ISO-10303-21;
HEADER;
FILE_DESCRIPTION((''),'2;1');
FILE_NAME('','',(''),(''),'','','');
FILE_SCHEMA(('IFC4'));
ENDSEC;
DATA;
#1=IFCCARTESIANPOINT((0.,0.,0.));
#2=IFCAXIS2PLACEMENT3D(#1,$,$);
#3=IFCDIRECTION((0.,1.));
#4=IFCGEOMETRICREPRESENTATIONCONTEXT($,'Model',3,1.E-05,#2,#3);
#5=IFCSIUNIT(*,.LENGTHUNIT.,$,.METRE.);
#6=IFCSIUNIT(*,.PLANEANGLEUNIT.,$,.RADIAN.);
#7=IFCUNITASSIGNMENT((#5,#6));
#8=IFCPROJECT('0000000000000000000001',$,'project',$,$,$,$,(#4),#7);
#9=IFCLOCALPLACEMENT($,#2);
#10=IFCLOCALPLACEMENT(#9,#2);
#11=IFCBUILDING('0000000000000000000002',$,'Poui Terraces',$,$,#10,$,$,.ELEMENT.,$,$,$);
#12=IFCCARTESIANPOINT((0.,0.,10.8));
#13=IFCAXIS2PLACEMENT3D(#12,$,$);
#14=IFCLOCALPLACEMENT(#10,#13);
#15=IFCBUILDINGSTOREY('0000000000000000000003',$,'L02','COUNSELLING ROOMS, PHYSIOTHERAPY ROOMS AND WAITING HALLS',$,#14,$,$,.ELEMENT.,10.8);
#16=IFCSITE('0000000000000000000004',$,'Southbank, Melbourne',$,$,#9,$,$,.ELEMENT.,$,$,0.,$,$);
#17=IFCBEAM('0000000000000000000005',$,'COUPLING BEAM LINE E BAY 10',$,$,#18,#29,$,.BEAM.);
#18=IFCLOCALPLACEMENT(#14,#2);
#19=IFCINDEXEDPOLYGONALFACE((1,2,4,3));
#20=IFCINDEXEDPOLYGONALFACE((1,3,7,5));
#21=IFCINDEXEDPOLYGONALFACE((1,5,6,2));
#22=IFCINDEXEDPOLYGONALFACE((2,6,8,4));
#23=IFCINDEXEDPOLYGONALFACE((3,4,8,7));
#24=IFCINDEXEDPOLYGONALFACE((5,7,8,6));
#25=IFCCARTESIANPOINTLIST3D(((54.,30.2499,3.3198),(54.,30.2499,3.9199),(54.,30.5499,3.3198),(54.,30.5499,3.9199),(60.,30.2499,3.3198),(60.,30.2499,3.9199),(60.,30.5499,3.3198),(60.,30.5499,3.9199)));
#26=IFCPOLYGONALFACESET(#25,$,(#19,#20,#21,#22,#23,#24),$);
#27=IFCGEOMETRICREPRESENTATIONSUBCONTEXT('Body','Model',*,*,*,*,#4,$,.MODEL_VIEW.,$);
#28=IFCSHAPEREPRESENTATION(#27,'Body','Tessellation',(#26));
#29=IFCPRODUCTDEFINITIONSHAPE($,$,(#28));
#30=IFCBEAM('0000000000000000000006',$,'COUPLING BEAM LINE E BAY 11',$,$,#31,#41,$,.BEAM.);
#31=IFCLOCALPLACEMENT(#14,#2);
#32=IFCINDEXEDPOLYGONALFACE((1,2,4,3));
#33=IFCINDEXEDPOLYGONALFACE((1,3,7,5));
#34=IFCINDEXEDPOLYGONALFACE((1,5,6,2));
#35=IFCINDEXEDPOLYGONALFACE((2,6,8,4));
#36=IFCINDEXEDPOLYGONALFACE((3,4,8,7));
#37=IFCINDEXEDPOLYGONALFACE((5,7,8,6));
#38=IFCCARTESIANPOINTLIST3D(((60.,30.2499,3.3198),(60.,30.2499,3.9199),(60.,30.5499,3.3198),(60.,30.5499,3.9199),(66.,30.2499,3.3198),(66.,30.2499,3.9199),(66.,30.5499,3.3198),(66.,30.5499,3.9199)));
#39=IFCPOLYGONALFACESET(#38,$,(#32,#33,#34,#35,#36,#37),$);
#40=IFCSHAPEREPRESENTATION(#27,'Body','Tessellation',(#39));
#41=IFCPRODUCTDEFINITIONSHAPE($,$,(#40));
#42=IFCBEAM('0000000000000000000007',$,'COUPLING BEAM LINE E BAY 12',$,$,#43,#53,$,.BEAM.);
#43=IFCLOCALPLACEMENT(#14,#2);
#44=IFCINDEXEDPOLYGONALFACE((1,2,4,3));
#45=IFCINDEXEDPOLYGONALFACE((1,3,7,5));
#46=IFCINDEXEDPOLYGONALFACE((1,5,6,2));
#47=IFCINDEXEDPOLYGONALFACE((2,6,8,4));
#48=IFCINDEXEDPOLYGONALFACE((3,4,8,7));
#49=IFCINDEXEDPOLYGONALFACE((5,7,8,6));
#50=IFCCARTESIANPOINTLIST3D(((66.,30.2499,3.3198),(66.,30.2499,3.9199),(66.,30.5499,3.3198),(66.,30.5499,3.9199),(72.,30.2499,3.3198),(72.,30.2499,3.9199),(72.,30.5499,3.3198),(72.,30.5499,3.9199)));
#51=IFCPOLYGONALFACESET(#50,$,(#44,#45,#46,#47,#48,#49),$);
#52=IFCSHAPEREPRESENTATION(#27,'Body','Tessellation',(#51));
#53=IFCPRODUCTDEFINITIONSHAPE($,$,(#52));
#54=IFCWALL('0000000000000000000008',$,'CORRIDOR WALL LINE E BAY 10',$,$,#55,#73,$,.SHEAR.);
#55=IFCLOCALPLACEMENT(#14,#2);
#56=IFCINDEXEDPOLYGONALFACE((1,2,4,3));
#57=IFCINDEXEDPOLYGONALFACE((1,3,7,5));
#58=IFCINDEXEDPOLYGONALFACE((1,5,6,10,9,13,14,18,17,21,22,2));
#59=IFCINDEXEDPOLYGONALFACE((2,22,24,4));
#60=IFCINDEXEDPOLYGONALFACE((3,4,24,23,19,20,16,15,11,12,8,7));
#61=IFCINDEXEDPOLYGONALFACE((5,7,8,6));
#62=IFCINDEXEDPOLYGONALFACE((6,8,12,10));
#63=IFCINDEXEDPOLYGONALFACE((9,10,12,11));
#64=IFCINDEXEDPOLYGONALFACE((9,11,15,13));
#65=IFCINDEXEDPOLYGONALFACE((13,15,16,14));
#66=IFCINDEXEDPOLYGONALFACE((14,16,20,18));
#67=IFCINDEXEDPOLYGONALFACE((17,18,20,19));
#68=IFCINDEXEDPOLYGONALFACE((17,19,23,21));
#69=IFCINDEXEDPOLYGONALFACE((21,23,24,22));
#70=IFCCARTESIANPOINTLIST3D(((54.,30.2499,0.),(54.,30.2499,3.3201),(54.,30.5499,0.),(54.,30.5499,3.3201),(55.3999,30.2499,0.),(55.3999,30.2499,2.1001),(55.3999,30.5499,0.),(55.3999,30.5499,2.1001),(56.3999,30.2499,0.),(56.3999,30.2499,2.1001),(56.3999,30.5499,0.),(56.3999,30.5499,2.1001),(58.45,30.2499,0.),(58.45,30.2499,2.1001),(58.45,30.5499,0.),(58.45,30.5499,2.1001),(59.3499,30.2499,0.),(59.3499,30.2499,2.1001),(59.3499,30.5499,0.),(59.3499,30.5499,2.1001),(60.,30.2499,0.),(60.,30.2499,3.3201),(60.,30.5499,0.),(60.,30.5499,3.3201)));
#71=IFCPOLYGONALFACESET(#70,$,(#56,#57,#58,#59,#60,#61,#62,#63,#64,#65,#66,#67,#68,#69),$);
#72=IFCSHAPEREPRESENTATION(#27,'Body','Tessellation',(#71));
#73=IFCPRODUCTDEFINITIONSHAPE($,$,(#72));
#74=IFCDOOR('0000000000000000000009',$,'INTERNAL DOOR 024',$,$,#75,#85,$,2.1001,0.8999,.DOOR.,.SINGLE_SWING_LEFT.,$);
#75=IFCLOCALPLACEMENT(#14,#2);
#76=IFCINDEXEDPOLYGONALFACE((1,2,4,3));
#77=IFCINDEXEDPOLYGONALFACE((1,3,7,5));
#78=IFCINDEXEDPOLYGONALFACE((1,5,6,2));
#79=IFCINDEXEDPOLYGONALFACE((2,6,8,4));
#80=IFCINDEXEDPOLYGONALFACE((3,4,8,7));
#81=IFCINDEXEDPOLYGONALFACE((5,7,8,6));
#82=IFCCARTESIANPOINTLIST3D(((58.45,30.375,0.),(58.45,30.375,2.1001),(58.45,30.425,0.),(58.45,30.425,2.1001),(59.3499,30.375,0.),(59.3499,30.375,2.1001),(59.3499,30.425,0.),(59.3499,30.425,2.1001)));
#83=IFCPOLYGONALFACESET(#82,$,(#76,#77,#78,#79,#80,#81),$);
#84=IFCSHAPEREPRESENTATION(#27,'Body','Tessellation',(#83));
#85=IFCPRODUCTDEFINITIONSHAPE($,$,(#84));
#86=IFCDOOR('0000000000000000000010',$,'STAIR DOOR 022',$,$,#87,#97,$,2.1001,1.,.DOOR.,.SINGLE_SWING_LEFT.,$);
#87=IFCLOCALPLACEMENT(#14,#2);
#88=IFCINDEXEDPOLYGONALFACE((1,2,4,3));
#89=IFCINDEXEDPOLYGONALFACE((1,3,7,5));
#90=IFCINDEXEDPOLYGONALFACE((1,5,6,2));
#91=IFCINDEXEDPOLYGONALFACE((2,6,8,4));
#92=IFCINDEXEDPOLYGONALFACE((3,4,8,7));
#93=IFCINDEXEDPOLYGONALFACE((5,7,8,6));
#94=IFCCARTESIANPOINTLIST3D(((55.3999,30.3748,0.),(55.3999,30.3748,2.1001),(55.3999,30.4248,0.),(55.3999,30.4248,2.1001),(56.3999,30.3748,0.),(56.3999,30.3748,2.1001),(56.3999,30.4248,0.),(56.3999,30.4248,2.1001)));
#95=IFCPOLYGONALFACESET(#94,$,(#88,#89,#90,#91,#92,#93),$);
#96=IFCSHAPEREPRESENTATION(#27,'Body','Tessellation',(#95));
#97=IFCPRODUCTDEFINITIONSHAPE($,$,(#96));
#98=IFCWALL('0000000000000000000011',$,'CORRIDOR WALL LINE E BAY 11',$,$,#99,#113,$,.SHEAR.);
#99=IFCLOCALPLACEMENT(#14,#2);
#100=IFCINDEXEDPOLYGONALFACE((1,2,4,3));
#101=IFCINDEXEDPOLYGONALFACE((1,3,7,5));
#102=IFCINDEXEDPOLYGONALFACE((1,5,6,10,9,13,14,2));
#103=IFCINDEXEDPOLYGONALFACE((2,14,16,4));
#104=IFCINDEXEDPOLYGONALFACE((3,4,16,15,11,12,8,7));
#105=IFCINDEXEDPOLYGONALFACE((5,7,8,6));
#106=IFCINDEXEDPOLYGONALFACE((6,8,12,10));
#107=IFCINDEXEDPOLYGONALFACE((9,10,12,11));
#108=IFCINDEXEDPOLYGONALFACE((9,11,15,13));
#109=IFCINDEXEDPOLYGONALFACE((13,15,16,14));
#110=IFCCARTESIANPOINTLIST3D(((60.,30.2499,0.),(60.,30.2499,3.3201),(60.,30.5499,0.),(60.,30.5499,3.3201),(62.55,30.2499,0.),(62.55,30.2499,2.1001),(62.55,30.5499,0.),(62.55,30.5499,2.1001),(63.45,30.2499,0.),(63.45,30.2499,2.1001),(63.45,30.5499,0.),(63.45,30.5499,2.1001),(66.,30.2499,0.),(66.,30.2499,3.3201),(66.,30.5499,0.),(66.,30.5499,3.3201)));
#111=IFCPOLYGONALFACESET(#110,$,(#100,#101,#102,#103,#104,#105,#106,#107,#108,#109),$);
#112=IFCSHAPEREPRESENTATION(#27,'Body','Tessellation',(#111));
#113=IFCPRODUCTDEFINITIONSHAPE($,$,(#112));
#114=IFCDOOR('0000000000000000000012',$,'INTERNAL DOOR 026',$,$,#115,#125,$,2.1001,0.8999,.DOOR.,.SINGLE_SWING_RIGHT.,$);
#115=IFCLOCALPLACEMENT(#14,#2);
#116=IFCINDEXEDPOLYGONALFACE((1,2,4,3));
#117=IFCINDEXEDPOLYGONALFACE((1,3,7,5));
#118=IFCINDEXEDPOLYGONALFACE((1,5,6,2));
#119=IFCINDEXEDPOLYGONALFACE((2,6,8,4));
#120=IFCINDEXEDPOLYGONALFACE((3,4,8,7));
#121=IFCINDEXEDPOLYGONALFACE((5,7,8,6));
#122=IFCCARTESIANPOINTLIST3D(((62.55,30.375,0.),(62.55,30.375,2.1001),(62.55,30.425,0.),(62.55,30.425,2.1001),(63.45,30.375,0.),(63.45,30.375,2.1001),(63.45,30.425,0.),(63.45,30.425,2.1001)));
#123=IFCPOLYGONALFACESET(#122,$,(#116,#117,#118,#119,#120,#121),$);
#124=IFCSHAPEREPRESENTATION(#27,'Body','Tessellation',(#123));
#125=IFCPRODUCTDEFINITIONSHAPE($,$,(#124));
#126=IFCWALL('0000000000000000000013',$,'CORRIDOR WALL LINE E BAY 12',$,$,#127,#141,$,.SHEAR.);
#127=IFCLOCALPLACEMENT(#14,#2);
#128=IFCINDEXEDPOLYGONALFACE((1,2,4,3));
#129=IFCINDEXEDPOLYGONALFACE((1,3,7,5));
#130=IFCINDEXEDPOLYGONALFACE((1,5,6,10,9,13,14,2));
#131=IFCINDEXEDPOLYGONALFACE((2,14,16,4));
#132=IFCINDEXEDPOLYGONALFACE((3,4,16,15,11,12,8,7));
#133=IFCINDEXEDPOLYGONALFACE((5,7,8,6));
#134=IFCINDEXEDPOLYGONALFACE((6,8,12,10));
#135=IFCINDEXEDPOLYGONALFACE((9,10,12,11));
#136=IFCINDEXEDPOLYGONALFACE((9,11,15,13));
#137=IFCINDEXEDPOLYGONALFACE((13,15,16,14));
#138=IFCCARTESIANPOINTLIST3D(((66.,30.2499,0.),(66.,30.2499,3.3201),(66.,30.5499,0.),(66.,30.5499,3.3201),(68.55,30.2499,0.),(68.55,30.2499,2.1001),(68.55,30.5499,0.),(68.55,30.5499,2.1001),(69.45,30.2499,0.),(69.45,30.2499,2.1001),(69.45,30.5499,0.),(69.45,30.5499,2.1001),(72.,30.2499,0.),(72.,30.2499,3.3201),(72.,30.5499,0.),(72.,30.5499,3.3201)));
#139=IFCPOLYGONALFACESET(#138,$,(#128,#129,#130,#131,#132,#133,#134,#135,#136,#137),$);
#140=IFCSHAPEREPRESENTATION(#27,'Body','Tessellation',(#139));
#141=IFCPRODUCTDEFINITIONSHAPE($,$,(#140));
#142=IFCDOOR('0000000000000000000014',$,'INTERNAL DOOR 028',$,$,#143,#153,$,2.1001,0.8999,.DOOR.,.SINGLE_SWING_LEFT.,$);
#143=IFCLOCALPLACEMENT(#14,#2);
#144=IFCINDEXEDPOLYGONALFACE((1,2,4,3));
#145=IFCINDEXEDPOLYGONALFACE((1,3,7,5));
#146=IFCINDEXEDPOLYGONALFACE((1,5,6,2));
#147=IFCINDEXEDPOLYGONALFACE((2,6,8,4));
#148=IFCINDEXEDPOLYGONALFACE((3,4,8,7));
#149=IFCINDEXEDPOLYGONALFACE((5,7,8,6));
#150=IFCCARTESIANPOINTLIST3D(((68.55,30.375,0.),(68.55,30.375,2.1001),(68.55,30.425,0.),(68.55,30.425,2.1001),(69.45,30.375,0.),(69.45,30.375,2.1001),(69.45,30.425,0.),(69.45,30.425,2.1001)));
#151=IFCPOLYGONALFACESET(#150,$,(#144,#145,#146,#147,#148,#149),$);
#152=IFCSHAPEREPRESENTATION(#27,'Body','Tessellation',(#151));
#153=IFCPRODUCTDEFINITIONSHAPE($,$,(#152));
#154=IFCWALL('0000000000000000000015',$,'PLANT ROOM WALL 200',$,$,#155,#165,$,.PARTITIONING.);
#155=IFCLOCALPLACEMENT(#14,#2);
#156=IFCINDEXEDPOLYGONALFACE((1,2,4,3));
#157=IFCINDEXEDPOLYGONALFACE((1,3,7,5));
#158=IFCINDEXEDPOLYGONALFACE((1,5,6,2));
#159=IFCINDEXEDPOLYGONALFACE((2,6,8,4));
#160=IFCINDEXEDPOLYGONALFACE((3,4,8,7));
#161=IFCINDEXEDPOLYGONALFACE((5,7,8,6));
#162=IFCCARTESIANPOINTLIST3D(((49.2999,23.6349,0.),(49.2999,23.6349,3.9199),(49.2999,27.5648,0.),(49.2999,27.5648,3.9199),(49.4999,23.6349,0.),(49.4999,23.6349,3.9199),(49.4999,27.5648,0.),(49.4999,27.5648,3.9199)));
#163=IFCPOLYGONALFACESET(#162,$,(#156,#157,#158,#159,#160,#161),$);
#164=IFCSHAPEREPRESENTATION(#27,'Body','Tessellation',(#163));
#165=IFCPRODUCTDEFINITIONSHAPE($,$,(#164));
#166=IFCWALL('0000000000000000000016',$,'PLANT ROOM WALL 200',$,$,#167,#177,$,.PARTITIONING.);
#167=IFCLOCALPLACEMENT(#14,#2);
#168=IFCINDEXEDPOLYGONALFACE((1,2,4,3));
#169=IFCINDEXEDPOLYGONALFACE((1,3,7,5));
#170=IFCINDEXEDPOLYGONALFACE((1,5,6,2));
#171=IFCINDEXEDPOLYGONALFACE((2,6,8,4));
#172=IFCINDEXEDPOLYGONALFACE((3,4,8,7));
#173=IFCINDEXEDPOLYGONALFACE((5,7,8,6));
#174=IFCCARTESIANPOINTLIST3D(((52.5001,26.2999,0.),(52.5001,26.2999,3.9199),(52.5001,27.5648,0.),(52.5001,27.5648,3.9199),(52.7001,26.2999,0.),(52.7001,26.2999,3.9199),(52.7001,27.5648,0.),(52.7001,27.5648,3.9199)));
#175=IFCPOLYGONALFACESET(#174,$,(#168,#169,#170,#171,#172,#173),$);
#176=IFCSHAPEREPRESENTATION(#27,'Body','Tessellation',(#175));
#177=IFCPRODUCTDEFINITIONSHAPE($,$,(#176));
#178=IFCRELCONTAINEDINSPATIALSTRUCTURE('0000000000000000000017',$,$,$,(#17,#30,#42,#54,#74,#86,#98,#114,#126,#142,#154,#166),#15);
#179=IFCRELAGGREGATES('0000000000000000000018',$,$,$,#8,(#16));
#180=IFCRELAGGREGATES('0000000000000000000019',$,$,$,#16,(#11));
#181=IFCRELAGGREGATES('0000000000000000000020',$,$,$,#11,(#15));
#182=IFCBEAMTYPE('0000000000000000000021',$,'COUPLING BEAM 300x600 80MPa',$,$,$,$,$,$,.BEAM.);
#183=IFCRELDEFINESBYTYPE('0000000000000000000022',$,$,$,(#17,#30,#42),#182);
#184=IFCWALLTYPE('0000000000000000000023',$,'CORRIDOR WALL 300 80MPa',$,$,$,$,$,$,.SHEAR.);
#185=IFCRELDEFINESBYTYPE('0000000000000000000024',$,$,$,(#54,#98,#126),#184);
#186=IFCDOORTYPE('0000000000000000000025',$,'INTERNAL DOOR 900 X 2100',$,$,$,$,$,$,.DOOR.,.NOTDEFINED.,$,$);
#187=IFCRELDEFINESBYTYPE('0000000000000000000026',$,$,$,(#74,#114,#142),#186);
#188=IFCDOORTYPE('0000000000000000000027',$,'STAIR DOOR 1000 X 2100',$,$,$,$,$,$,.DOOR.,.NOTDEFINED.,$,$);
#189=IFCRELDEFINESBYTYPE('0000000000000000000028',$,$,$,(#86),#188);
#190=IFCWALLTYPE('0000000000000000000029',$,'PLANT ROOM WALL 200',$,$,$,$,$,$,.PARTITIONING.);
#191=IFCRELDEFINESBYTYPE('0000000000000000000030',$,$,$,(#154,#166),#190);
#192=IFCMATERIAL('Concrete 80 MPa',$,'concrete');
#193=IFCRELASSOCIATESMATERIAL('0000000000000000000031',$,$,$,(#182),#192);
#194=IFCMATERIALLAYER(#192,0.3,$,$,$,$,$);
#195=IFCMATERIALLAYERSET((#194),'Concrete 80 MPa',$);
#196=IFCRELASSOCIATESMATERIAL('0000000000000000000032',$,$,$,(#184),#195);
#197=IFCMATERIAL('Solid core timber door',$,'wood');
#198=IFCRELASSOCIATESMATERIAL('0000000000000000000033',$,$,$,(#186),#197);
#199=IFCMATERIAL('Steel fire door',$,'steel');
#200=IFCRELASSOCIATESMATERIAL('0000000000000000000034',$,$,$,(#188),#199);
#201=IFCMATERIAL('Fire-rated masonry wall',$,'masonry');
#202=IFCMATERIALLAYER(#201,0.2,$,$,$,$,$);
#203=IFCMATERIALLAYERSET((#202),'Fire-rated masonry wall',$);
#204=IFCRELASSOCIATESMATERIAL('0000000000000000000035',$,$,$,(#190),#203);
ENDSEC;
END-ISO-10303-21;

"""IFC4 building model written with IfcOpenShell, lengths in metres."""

from ifc_helpers import new_model, si_unit, direction, frame, frame_2d, origin, origin_2d, place, context, subcontext, project, spatial, rectangle, extrude, source, transform, mapped, material, layer, layer_set, material_profile, profile_set, type_object, element, fill, save


model = new_model("IFC4")

# Units and contexts
model_context = context("Model", 3, precision=1e-05, world=origin(), true_north=direction((0.0, 1.0)))
body_context = subcontext(model_context, "Body", "Model", "MODEL_VIEW")
ifc_project = project(units=[si_unit("LENGTHUNIT", "METRE"), si_unit("PLANEANGLEUNIT", "RADIAN")], contexts=[model_context])

# Site, building, storey
site_placement = place(None, origin())
site = spatial("IfcSite", under=ifc_project, at=site_placement, Name="Southbank, Melbourne", CompositionType="ELEMENT", RefElevation=0.0)
building_placement = place(site_placement, origin())
building = spatial("IfcBuilding", under=site, at=building_placement, Name="Poui Terraces", CompositionType="ELEMENT")
storey_placement = place(building_placement, frame((0.0, 0.0, 10.8)))
storey = spatial("IfcBuildingStorey", under=building, at=storey_placement, Name="L02", Description="COUNSELLING ROOMS, PHYSIOTHERAPY ROOMS AND WAITING HALLS", CompositionType="ELEMENT", Elevation=10.8)

# Beams
ifc_material_1 = material(Name="Concrete 80 MPa", Category="concrete")
ifc_material_profile = material_profile(ifc_material_1, rectangle(XDim=0.3, YDim=0.6001, at=origin_2d()), Name="RC 300x600")
ifc_profile_set = profile_set([ifc_material_profile], Name="Concrete 80 MPa")
beam_type = type_object("IfcBeamType", Name="COUPLING BEAM 300x600 80MPa", PredefinedType="BEAM", material=ifc_profile_set)
shared_shape = source(origin(), body_context, "Body", "SweptSolid", [
    extrude(rectangle(XDim=0.3, YDim=0.6001, at=origin_2d()), origin(), (0.0, 0.0, 1.0), 6.0),
])
for number, where, z_axis, x_axis, name in (
    (1, (54.0, 30.3999, 3.6199), (1.0, 0.0, 0.0), (0.0, 1.0, 0.0), "COUPLING BEAM LINE E BAY 10"),
    (2, (60.0, 30.3999, 3.6199), (1.0, 0.0, 0.0), (0.0, 1.0, 0.0), "COUPLING BEAM LINE E BAY 11"),
    (3, (66.0, 30.3999, 3.6199), (1.0, 0.0, 0.0), (0.0, 1.0, 0.0), "COUPLING BEAM LINE E BAY 12"),
):
    element("IfcBeam", number, at=place(storey_placement, frame(where, z_axis=z_axis, x_axis=x_axis)), inside=storey, type_object=beam_type, Name=name, PredefinedType="BEAM", context=body_context, shape_type="MappedRepresentation", body=[
        mapped(shared_shape, transform((0.0, 0.0, 0.0))),
    ])

# Wall, openings, doors
ifc_layer_1 = layer(ifc_material_1, 0.3)
ifc_layer_set_1 = layer_set([ifc_layer_1], Name="Concrete 80 MPa")
wall_type_1 = type_object("IfcWallType", Name="CORRIDOR WALL 300 80MPa", PredefinedType="SHEAR", material=ifc_layer_set_1)
wall_1_placement = place(storey_placement, frame((54.0, 30.3999, 0.0), z_axis=(0.0, 0.0, 1.0), x_axis=(1.0, 0.0, 0.0)))
wall_1 = element("IfcWall", 4, at=wall_1_placement, inside=storey, type_object=wall_type_1, Name="CORRIDOR WALL LINE E BAY 10", PredefinedType="SHEAR", context=body_context, shape_type="SweptSolid", body=[
    extrude(rectangle(XDim=6.0, YDim=0.3, at=frame_2d((3.0, 0.0))), origin(), (0.0, 0.0, 1.0), 3.3201),
])
opening_1_placement = place(wall_1_placement, frame((1.3999, 0.0, 0.0)))
opening_1 = element("IfcOpeningElement", 5, at=opening_1_placement, cuts=wall_1, PredefinedType="OPENING", context=body_context, shape_type="SweptSolid", body=[
    extrude(rectangle(XDim=1.0, YDim=2.1001, at=frame_2d((0.5, 1.05))), frame((0.0, 0.1602, 0.0), z_axis=(0.0, -1.0, 0.0), x_axis=(1.0, 0.0, 0.0)), (0.0, 0.0, 1.0), 0.3201),
])
opening_2_placement = place(wall_1_placement, frame((4.45, 0.0, 0.0)))
opening_2 = element("IfcOpeningElement", 6, at=opening_2_placement, cuts=wall_1, PredefinedType="OPENING", context=body_context, shape_type="SweptSolid", body=[
    extrude(rectangle(XDim=0.8999, YDim=2.1001, at=frame_2d((0.45, 1.05))), frame((0.0, 0.1602, 0.0), z_axis=(0.0, -1.0, 0.0), x_axis=(1.0, 0.0, 0.0)), (0.0, 0.0, 1.0), 0.3201),
])
ifc_material_2 = material(Name="Solid core timber door", Category="wood")
door_type_1 = type_object("IfcDoorType", Name="INTERNAL DOOR 900 X 2100", OperationType="NOTDEFINED", PredefinedType="DOOR", material=ifc_material_2)
door_1_placement = place(opening_2_placement, frame((0.8999, 0.0, 0.0), z_axis=(0.0, 0.0, 1.0), x_axis=(-1.0, 0.0, 0.0)))
door_1 = element("IfcDoor", 7, at=door_1_placement, inside=storey, type_object=door_type_1, Name="INTERNAL DOOR 024", OperationType="SINGLE_SWING_LEFT", OverallHeight=2.1001, OverallWidth=0.8999, PredefinedType="DOOR", context=body_context, shape_type="SweptSolid", body=[
    extrude(rectangle(XDim=0.8999, YDim=2.1001, at=frame_2d((0.45, 1.05))), frame((0.0, 0.0249, 0.0), z_axis=(0.0, -1.0, 0.0), x_axis=(1.0, 0.0, 0.0)), (0.0, 0.0, 1.0), 0.05),
])
fill(opening_2, door_1)
ifc_material_3 = material(Name="Steel fire door", Category="steel")
door_type_2 = type_object("IfcDoorType", Name="STAIR DOOR 1000 X 2100", OperationType="NOTDEFINED", PredefinedType="DOOR", material=ifc_material_3)
door_2_placement = place(opening_1_placement, origin())
door_2 = element("IfcDoor", 8, at=door_2_placement, inside=storey, type_object=door_type_2, Name="STAIR DOOR 022", OperationType="SINGLE_SWING_LEFT", OverallHeight=2.1001, OverallWidth=1.0, PredefinedType="DOOR", context=body_context, shape_type="SweptSolid", body=[
    extrude(rectangle(XDim=1.0, YDim=2.1001, at=frame_2d((0.5, 1.05))), frame((0.0, 0.0249, 0.0), z_axis=(0.0, -1.0, 0.0), x_axis=(1.0, 0.0, 0.0)), (0.0, 0.0, 1.0), 0.05),
])
fill(opening_1, door_2)

# Walls, openings, doors
wall_2_placement = place(storey_placement, frame((60.0, 30.3999, 0.0), z_axis=(0.0, 0.0, 1.0), x_axis=(1.0, 0.0, 0.0)))
wall_2 = element("IfcWall", 9, at=wall_2_placement, inside=storey, type_object=wall_type_1, Name="CORRIDOR WALL LINE E BAY 11", PredefinedType="SHEAR", context=body_context, shape_type="SweptSolid", body=[
    extrude(rectangle(XDim=6.0, YDim=0.3, at=frame_2d((3.0, 0.0))), origin(), (0.0, 0.0, 1.0), 3.3201),
])
opening_3_placement = place(wall_2_placement, frame((2.55, 0.0, 0.0)))
opening_3 = element("IfcOpeningElement", 10, at=opening_3_placement, cuts=wall_2, PredefinedType="OPENING", context=body_context, shape_type="SweptSolid", body=[
    extrude(rectangle(XDim=0.8999, YDim=2.1001, at=frame_2d((0.45, 1.05))), frame((0.0, 0.1602, 0.0), z_axis=(0.0, -1.0, 0.0), x_axis=(1.0, 0.0, 0.0)), (0.0, 0.0, 1.0), 0.3201),
])
door_3_placement = place(opening_3_placement, frame((0.8999, 0.0, 0.0), z_axis=(0.0, 0.0, 1.0), x_axis=(-1.0, 0.0, 0.0)))
door_3 = element("IfcDoor", 11, at=door_3_placement, inside=storey, type_object=door_type_1, Name="INTERNAL DOOR 026", OperationType="SINGLE_SWING_RIGHT", OverallHeight=2.1001, OverallWidth=0.8999, PredefinedType="DOOR", context=body_context, shape_type="SweptSolid", body=[
    extrude(rectangle(XDim=0.8999, YDim=2.1001, at=frame_2d((0.45, 1.05))), frame((0.0, 0.0249, 0.0), z_axis=(0.0, -1.0, 0.0), x_axis=(1.0, 0.0, 0.0)), (0.0, 0.0, 1.0), 0.05),
])
fill(opening_3, door_3)
wall_3_placement = place(storey_placement, frame((66.0, 30.3999, 0.0), z_axis=(0.0, 0.0, 1.0), x_axis=(1.0, 0.0, 0.0)))
wall_3 = element("IfcWall", 12, at=wall_3_placement, inside=storey, type_object=wall_type_1, Name="CORRIDOR WALL LINE E BAY 12", PredefinedType="SHEAR", context=body_context, shape_type="SweptSolid", body=[
    extrude(rectangle(XDim=6.0, YDim=0.3, at=frame_2d((3.0, 0.0))), origin(), (0.0, 0.0, 1.0), 3.3201),
])
opening_4_placement = place(wall_3_placement, frame((2.55, 0.0, 0.0)))
opening_4 = element("IfcOpeningElement", 13, at=opening_4_placement, cuts=wall_3, PredefinedType="OPENING", context=body_context, shape_type="SweptSolid", body=[
    extrude(rectangle(XDim=0.8999, YDim=2.1001, at=frame_2d((0.45, 1.05))), frame((0.0, 0.1602, 0.0), z_axis=(0.0, -1.0, 0.0), x_axis=(1.0, 0.0, 0.0)), (0.0, 0.0, 1.0), 0.3201),
])
door_4_placement = place(opening_4_placement, frame((0.8999, 0.0, 0.0), z_axis=(0.0, 0.0, 1.0), x_axis=(-1.0, 0.0, 0.0)))
door_4 = element("IfcDoor", 14, at=door_4_placement, inside=storey, type_object=door_type_1, Name="INTERNAL DOOR 028", OperationType="SINGLE_SWING_LEFT", OverallHeight=2.1001, OverallWidth=0.8999, PredefinedType="DOOR", context=body_context, shape_type="SweptSolid", body=[
    extrude(rectangle(XDim=0.8999, YDim=2.1001, at=frame_2d((0.45, 1.05))), frame((0.0, 0.0249, 0.0), z_axis=(0.0, -1.0, 0.0), x_axis=(1.0, 0.0, 0.0)), (0.0, 0.0, 1.0), 0.05),
])
fill(opening_4, door_4)

# Walls
ifc_material_4 = material(Name="Fire-rated masonry wall", Category="masonry")
ifc_layer_2 = layer(ifc_material_4, 0.2)
ifc_layer_set_2 = layer_set([ifc_layer_2], Name="Fire-rated masonry wall")
wall_type_2 = type_object("IfcWallType", Name="PLANT ROOM WALL 200", PredefinedType="PARTITIONING", material=ifc_layer_set_2)
wall_4_placement = place(storey_placement, frame((49.3999, 23.635, 0.0), z_axis=(0.0, 0.0, 1.0), x_axis=(0.0, 1.0, 0.0)))
element("IfcWall", 15, at=wall_4_placement, inside=storey, type_object=wall_type_2, Name="PLANT ROOM WALL 200", PredefinedType="PARTITIONING", context=body_context, shape_type="SweptSolid", body=[
    extrude(rectangle(XDim=3.9299, YDim=0.2, at=frame_2d((1.9648, 0.0))), origin(), (0.0, 0.0, 1.0), 3.9199),
])
for number, where, z_axis, x_axis, name in (
    (16, (52.6001, 26.3, 0.0), (0.0, 0.0, 1.0), (0.0, 1.0, 0.0), "PLANT ROOM WALL 200"),
):
    element("IfcWall", number, at=place(storey_placement, frame(where, z_axis=z_axis, x_axis=x_axis)), inside=storey, type_object=wall_type_2, Name=name, PredefinedType="PARTITIONING", context=body_context, shape_type="SweptSolid", body=[
        extrude(rectangle(XDim=1.2649, YDim=0.2, at=frame_2d((0.6323, 0.0))), origin(), (0.0, 0.0, 1.0), 3.9199),
    ])

save(model, "model.ifc")
